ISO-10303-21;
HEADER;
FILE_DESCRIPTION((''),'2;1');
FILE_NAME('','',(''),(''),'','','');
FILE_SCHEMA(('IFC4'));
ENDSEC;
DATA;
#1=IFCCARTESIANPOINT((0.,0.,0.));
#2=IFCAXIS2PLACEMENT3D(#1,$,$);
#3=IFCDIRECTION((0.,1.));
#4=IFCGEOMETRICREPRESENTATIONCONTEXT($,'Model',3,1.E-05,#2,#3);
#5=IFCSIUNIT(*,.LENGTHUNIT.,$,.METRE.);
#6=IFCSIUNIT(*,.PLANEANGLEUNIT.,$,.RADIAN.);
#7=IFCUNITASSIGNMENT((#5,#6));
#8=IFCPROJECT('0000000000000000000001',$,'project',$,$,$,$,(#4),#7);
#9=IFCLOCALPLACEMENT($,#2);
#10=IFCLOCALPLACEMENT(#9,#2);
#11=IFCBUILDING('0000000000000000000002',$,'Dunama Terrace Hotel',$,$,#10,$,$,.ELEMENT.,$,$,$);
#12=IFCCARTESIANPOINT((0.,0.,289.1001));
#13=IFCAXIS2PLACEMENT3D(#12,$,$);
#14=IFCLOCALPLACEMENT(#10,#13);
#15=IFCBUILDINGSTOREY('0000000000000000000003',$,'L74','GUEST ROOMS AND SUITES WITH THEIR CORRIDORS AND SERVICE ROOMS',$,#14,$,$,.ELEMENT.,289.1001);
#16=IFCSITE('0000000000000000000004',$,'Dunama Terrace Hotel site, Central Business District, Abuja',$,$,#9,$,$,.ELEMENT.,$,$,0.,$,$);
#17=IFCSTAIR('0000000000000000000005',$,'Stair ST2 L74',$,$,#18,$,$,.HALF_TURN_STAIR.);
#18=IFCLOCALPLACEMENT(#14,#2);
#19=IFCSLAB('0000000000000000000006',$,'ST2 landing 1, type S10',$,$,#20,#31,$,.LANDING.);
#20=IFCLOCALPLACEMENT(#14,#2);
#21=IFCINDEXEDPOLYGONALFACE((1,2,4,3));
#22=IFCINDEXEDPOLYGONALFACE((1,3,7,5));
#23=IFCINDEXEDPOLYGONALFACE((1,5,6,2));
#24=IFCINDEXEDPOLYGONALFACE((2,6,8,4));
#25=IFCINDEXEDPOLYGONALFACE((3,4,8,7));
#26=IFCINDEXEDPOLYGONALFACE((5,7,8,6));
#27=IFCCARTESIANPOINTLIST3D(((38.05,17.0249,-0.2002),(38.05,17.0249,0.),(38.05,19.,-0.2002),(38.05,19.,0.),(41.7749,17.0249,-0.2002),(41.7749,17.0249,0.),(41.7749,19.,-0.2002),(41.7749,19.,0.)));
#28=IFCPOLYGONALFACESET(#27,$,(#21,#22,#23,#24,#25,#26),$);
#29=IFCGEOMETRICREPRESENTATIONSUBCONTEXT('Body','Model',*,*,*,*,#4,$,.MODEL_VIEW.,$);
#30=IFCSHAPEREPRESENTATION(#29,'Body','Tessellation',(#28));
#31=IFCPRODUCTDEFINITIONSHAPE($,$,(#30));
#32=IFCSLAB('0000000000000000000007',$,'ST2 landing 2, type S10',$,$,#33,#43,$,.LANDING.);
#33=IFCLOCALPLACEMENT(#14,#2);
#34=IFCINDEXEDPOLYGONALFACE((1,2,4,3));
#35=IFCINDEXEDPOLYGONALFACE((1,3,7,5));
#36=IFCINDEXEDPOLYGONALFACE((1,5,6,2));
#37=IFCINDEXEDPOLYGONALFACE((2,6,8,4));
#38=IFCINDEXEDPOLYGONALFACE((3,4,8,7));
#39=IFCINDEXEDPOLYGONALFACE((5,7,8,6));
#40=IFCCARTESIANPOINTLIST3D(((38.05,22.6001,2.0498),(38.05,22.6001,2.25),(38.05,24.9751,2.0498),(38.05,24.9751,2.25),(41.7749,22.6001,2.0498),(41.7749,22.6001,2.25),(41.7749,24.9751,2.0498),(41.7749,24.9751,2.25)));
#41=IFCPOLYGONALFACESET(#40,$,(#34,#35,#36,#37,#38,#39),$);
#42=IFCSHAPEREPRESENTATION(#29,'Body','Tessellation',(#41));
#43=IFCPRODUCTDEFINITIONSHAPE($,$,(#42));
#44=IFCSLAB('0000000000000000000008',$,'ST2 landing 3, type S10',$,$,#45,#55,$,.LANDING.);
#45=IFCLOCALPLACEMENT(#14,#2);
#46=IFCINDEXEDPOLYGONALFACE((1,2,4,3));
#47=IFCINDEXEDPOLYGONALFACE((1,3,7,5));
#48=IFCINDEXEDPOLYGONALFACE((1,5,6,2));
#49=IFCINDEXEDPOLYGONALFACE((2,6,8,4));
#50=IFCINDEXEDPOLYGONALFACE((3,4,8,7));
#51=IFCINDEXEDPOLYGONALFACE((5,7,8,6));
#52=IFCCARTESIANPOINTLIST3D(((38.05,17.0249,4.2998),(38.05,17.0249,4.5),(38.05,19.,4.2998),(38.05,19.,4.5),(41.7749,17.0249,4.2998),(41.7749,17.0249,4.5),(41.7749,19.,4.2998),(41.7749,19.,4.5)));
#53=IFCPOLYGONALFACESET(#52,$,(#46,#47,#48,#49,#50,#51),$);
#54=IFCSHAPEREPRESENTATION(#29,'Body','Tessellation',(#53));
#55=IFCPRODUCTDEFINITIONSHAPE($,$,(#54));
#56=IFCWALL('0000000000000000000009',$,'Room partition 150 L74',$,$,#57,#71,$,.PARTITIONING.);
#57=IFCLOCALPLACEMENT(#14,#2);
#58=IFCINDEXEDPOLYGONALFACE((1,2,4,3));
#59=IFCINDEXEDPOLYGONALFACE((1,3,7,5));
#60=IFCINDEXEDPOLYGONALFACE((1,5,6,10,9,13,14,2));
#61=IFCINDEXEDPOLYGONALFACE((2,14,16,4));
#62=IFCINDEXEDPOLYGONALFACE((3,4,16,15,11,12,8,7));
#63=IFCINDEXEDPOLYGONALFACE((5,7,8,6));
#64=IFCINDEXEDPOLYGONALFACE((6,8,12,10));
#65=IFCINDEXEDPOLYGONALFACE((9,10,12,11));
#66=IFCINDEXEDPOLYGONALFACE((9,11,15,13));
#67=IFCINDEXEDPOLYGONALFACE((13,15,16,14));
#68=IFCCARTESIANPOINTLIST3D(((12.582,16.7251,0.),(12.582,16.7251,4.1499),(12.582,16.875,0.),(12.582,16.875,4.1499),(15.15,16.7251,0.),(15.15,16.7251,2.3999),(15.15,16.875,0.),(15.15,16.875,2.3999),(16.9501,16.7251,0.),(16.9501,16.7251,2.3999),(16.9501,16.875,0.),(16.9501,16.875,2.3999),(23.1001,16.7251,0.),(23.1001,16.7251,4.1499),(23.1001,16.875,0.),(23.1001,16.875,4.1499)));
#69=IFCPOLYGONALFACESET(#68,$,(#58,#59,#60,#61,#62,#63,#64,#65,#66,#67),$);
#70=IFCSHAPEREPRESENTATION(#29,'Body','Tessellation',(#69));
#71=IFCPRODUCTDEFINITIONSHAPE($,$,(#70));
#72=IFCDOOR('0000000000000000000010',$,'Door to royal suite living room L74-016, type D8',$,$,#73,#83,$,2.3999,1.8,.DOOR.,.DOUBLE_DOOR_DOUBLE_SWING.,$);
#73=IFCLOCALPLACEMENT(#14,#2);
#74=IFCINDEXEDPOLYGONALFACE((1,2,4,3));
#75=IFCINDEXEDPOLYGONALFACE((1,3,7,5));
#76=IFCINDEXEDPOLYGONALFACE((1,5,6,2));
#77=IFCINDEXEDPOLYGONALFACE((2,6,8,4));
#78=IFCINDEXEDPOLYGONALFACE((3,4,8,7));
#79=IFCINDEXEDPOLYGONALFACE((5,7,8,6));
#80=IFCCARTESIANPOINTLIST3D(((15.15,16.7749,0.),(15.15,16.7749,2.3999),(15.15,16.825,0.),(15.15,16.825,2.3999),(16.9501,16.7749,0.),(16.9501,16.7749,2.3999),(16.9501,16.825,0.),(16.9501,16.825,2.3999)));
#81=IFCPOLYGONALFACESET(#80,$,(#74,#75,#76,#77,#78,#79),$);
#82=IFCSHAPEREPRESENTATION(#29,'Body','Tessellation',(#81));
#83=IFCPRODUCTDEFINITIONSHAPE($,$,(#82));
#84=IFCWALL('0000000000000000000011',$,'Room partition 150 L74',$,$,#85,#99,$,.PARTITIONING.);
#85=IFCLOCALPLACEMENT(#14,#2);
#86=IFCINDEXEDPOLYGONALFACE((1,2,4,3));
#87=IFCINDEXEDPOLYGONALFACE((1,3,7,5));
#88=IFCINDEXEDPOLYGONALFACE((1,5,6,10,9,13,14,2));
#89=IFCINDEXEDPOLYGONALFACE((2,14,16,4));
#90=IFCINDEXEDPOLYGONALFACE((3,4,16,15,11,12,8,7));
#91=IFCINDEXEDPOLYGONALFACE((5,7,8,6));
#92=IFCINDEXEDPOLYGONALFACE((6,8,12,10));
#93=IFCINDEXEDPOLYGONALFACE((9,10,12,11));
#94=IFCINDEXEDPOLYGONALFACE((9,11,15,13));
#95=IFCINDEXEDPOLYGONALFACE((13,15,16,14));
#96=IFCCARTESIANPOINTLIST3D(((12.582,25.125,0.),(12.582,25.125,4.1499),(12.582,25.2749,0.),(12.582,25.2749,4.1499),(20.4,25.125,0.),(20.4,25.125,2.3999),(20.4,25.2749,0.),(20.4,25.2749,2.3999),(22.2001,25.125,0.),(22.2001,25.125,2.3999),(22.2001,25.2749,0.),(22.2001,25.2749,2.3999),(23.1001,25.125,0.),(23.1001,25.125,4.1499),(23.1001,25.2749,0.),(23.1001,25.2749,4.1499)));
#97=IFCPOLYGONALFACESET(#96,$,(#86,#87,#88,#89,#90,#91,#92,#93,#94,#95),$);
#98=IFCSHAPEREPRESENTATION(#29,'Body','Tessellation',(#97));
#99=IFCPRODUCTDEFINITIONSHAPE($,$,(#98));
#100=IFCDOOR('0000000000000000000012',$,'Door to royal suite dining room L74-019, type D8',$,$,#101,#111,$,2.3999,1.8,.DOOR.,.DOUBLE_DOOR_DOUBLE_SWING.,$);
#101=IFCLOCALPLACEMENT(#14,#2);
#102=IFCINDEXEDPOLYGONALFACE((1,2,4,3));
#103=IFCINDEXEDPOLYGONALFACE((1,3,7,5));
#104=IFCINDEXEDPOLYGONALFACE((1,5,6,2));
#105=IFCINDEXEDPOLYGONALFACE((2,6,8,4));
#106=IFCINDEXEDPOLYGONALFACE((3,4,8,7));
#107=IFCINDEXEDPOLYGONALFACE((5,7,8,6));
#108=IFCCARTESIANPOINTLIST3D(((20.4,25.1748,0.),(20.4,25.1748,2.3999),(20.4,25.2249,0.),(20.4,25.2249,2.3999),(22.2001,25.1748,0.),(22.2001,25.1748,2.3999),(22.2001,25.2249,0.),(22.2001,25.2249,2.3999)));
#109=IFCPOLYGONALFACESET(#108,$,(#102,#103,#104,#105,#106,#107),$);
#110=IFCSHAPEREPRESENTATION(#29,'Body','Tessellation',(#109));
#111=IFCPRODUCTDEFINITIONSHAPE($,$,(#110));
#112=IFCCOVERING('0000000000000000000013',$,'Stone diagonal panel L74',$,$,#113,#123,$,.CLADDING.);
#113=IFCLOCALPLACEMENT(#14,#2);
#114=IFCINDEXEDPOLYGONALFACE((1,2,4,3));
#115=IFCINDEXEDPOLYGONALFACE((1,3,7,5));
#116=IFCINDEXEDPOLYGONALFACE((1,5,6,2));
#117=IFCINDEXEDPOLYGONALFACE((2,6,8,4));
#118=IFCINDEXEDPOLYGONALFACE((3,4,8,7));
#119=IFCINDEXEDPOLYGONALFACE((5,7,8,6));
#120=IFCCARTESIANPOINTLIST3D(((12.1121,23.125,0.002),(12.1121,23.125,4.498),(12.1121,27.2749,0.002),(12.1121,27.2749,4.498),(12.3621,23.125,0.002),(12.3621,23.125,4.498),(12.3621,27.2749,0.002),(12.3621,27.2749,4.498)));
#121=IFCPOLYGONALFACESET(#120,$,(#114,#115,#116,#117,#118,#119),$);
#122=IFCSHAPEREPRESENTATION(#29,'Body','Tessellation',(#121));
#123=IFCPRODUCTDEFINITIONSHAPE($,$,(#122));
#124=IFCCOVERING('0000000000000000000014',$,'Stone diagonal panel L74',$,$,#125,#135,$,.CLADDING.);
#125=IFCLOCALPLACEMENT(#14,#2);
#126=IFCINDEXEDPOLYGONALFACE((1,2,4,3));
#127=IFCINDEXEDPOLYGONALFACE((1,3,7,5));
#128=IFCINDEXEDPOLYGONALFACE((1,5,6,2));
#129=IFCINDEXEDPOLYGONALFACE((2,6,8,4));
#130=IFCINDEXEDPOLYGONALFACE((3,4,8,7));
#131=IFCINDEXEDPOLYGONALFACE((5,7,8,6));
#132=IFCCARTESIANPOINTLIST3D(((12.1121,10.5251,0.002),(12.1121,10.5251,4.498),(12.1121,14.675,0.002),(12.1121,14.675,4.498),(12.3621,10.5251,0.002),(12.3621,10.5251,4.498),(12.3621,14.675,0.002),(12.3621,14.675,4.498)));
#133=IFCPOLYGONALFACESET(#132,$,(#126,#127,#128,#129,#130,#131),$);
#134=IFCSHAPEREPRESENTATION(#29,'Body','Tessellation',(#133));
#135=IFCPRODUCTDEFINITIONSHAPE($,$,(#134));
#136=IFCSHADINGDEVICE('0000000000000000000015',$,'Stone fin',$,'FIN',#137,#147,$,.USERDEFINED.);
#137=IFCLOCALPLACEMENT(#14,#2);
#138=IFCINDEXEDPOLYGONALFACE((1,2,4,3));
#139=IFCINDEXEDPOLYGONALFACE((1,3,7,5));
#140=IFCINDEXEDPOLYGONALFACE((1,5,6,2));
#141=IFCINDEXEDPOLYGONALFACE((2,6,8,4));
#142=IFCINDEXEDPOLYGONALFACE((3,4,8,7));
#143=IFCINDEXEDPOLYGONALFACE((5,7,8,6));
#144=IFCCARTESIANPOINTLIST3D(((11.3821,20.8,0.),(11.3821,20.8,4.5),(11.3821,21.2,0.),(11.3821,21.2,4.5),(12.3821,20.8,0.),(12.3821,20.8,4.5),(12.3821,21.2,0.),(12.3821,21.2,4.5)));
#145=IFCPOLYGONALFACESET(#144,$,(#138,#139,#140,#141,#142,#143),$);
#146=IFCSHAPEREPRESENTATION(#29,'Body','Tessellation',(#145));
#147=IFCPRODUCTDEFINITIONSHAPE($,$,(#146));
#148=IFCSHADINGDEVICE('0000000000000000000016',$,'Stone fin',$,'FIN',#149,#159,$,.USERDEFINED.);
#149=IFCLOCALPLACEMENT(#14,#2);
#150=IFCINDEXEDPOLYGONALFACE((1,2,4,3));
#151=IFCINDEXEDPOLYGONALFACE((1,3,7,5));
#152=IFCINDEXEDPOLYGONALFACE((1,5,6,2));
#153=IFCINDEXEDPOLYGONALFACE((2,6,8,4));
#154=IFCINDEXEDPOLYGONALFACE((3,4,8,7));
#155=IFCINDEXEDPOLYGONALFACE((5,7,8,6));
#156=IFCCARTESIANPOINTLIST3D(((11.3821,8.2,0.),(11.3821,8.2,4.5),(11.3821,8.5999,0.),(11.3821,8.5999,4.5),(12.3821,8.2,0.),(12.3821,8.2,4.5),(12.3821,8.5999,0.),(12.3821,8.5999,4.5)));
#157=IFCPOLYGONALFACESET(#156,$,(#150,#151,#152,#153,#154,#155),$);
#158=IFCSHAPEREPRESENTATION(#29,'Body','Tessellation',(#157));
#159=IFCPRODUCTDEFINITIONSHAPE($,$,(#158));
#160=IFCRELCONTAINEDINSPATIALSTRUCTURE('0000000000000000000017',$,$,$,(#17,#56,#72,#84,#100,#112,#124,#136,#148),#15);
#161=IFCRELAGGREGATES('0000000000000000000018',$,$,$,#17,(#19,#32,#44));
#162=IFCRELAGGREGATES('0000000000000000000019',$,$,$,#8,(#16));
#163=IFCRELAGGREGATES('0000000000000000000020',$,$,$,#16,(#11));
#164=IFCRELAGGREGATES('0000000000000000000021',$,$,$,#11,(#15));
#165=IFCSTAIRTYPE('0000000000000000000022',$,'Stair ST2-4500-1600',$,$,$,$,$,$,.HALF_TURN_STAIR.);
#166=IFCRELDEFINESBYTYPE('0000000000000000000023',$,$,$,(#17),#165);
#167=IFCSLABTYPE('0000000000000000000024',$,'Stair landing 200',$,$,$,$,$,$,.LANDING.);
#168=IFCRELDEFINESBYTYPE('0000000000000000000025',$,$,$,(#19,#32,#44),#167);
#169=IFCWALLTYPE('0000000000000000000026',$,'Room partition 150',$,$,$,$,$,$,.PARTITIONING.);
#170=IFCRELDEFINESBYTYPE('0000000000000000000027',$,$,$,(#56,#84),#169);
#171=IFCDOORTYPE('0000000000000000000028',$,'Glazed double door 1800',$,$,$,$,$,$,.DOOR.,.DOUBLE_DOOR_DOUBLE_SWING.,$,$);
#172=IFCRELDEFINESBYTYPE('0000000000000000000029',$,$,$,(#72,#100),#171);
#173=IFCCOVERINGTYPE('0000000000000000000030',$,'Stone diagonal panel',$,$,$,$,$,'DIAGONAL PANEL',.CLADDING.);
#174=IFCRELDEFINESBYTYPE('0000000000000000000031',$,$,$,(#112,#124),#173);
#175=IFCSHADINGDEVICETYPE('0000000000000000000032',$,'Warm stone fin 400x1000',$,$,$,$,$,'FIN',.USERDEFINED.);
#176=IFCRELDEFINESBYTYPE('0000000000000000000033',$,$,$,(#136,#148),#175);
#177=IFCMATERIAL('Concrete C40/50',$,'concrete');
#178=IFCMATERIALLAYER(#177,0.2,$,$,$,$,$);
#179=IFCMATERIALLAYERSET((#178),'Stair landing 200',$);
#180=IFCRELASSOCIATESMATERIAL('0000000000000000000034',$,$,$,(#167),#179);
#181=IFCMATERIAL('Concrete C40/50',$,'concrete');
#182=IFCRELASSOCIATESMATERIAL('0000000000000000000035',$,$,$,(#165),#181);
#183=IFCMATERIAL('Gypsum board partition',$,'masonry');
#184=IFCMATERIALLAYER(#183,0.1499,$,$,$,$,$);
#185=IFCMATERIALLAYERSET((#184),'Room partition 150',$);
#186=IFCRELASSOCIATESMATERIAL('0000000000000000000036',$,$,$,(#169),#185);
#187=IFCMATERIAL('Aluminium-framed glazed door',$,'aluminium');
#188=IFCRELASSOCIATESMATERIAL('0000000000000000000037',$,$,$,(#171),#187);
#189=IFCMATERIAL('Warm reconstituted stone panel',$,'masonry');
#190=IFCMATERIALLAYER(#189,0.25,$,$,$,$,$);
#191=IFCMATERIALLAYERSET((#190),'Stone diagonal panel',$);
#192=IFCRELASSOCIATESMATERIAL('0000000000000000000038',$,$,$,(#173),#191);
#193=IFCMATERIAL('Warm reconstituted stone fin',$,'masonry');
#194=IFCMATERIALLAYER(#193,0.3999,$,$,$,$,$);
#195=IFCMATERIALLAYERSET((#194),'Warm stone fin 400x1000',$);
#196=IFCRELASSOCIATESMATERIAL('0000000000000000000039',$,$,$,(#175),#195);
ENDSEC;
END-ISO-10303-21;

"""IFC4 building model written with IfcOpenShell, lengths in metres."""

from ifc_helpers import new_model, si_unit, direction, frame, frame_2d, origin, origin_2d, place, context, subcontext, project, spatial, polyline, rectangle, outline, extrude, material, layer, layer_set, type_object, element, fill, aggregate, save


model = new_model("IFC4")

# Units and contexts
model_context = context("Model", 3, precision=1e-05, world=origin(), true_north=direction((0.0, 1.0)))
body_context = subcontext(model_context, "Body", "Model", "MODEL_VIEW")
ifc_project = project(units=[si_unit("LENGTHUNIT", "METRE"), si_unit("PLANEANGLEUNIT", "RADIAN")], contexts=[model_context])

# Site, building, storey
site_placement = place(None, origin())
site = spatial("IfcSite", under=ifc_project, at=site_placement, Name="Dunama Terrace Hotel site, Central Business District, Abuja", CompositionType="ELEMENT", RefElevation=0.0)
building_placement = place(site_placement, origin())
building = spatial("IfcBuilding", under=site, at=building_placement, Name="Dunama Terrace Hotel", CompositionType="ELEMENT")
storey_placement = place(building_placement, frame((0.0, 0.0, 289.1001)))
storey = spatial("IfcBuildingStorey", under=building, at=storey_placement, Name="L74", Description="GUEST ROOMS AND SUITES WITH THEIR CORRIDORS AND SERVICE ROOMS", CompositionType="ELEMENT", Elevation=289.1001)

# Stair, slabs
ifc_material_1 = material(Name="Concrete C40/50", Category="concrete")
ifc_layer_1 = layer(ifc_material_1, 0.2)
ifc_layer_set_1 = layer_set([ifc_layer_1], Name="Stair landing 200")
slab_type_1 = type_object("IfcSlabType", Name="Stair landing 200", PredefinedType="LANDING", material=ifc_layer_set_1)
ifc_material_2 = material(Name="Concrete C40/50", Category="concrete")
stair_type_1 = type_object("IfcStairType", Name="Stair ST2-4500-1600", PredefinedType="HALF_TURN_STAIR", material=ifc_material_2)
stair_1_placement = place(storey_placement, origin())
stair_1 = element("IfcStair", 1, at=stair_1_placement, inside=storey, type_object=stair_type_1, Name="Stair ST2 L74", PredefinedType="HALF_TURN_STAIR")
slab_1_placement = place(storey_placement, frame((0.0, 0.0, -0.2002)))
slab_1 = element("IfcSlab", 2, at=slab_1_placement, type_object=slab_type_1, Name="ST2 landing 1, type S10", PredefinedType="LANDING", context=body_context, shape_type="SweptSolid", body=[
    extrude(outline(polyline([(38.05, 17.0249), (41.7749, 17.0249), (41.7749, 19.0), (38.05, 19.0), (38.05, 17.0249)])), origin(), (0.0, 0.0, 1.0), 0.2002),
])
slab_2_placement = place(storey_placement, frame((0.0, 0.0, 2.0498)))
slab_2 = element("IfcSlab", 3, at=slab_2_placement, type_object=slab_type_1, Name="ST2 landing 2, type S10", PredefinedType="LANDING", context=body_context, shape_type="SweptSolid", body=[
    extrude(outline(polyline([(38.05, 22.6001), (41.7749, 22.6001), (41.7749, 24.9751), (38.05, 24.9751), (38.05, 22.6001)])), origin(), (0.0, 0.0, 1.0), 0.2002),
])
slab_3_placement = place(storey_placement, frame((0.0, 0.0, 4.2998)))
slab_3 = element("IfcSlab", 4, at=slab_3_placement, type_object=slab_type_1, Name="ST2 landing 3, type S10", PredefinedType="LANDING", context=body_context, shape_type="SweptSolid", body=[
    extrude(outline(polyline([(38.05, 17.0249), (41.7749, 17.0249), (41.7749, 19.0), (38.05, 19.0), (38.05, 17.0249)])), origin(), (0.0, 0.0, 1.0), 0.2002),
])
aggregate(stair_1, [slab_1, slab_2, slab_3])

# Walls, openings, doors
ifc_material_3 = material(Name="Gypsum board partition", Category="masonry")
ifc_layer_2 = layer(ifc_material_3, 0.1499)
ifc_layer_set_2 = layer_set([ifc_layer_2], Name="Room partition 150")
wall_type = type_object("IfcWallType", Name="Room partition 150", PredefinedType="PARTITIONING", material=ifc_layer_set_2)
wall_1_placement = place(storey_placement, frame((12.582, 16.8, 0.0), z_axis=(0.0, 0.0, 1.0), x_axis=(1.0, 0.0, 0.0)))
wall_1 = element("IfcWall", 5, at=wall_1_placement, inside=storey, type_object=wall_type, Name="Room partition 150 L74", PredefinedType="PARTITIONING", context=body_context, shape_type="SweptSolid", body=[
    extrude(rectangle(XDim=10.5181, YDim=0.1499, at=frame_2d((5.259, 0.0))), origin(), (0.0, 0.0, 1.0), 4.1499),
])
opening_1_placement = place(wall_1_placement, frame((2.5681, 0.0, 0.0)))
opening_1 = element("IfcOpeningElement", 6, at=opening_1_placement, cuts=wall_1, PredefinedType="OPENING", context=body_context, shape_type="SweptSolid", body=[
    extrude(rectangle(XDim=1.8, YDim=2.3999, at=frame_2d((0.8999, 1.2))), frame((0.0, 0.085, 0.0), z_axis=(0.0, -1.0, 0.0), x_axis=(1.0, 0.0, 0.0)), (0.0, 0.0, 1.0), 0.1699),
])
ifc_material_4 = material(Name="Aluminium-framed glazed door", Category="aluminium")
door_type = type_object("IfcDoorType", Name="Glazed double door 1800", OperationType="DOUBLE_DOOR_DOUBLE_SWING", PredefinedType="DOOR", material=ifc_material_4)
door_1_placement = place(opening_1_placement, origin())
door_1 = element("IfcDoor", 7, at=door_1_placement, inside=storey, type_object=door_type, Name="Door to royal suite living room L74-016, type D8", OperationType="DOUBLE_DOOR_DOUBLE_SWING", OverallHeight=2.3999, OverallWidth=1.8, PredefinedType="DOOR", context=body_context, shape_type="SweptSolid", body=[
    extrude(rectangle(XDim=1.8, YDim=2.3999, at=frame_2d((0.8999, 1.2))), frame((0.0, 0.0249, 0.0), z_axis=(0.0, -1.0, 0.0), x_axis=(1.0, 0.0, 0.0)), (0.0, 0.0, 1.0), 0.05),
])
fill(opening_1, door_1)
wall_2_placement = place(storey_placement, frame((12.582, 25.2, 0.0), z_axis=(0.0, 0.0, 1.0), x_axis=(1.0, 0.0, 0.0)))
wall_2 = element("IfcWall", 8, at=wall_2_placement, inside=storey, type_object=wall_type, Name="Room partition 150 L74", PredefinedType="PARTITIONING", context=body_context, shape_type="SweptSolid", body=[
    extrude(rectangle(XDim=10.5181, YDim=0.1499, at=frame_2d((5.259, 0.0))), origin(), (0.0, 0.0, 1.0), 4.1499),
])
opening_2_placement = place(wall_2_placement, frame((7.8181, 0.0, 0.0)))
opening_2 = element("IfcOpeningElement", 9, at=opening_2_placement, cuts=wall_2, PredefinedType="OPENING", context=body_context, shape_type="SweptSolid", body=[
    extrude(rectangle(XDim=1.8, YDim=2.3999, at=frame_2d((0.8999, 1.2))), frame((0.0, 0.085, 0.0), z_axis=(0.0, -1.0, 0.0), x_axis=(1.0, 0.0, 0.0)), (0.0, 0.0, 1.0), 0.1699),
])
door_2_placement = place(opening_2_placement, origin())
door_2 = element("IfcDoor", 10, at=door_2_placement, inside=storey, type_object=door_type, Name="Door to royal suite dining room L74-019, type D8", OperationType="DOUBLE_DOOR_DOUBLE_SWING", OverallHeight=2.3999, OverallWidth=1.8, PredefinedType="DOOR", context=body_context, shape_type="SweptSolid", body=[
    extrude(rectangle(XDim=1.8, YDim=2.3999, at=frame_2d((0.8999, 1.2))), frame((0.0, 0.0249, 0.0), z_axis=(0.0, -1.0, 0.0), x_axis=(1.0, 0.0, 0.0)), (0.0, 0.0, 1.0), 0.05),
])
fill(opening_2, door_2)

# Coverings
ifc_material_5 = material(Name="Warm reconstituted stone panel", Category="masonry")
ifc_layer_3 = layer(ifc_material_5, 0.25)
ifc_layer_set_3 = layer_set([ifc_layer_3], Name="Stone diagonal panel")
covering_type = type_object("IfcCoveringType", Name="Stone diagonal panel", ElementType="DIAGONAL PANEL", PredefinedType="CLADDING", material=ifc_layer_set_3)
for number, where, z_axis, x_axis, name in (
    (11, (12.2371, 25.2, 0.002), (0.0, 0.0, 1.0), (0.0, -1.0, 0.0), "Stone diagonal panel L74"),
    (12, (12.2371, 12.6001, 0.002), (0.0, 0.0, 1.0), (0.0, -1.0, 0.0), "Stone diagonal panel L74"),
):
    element("IfcCovering", number, at=place(storey_placement, frame(where, z_axis=z_axis, x_axis=x_axis)), inside=storey, type_object=covering_type, Name=name, PredefinedType="CLADDING", context=body_context, shape_type="SweptSolid", body=[
        extrude(rectangle(XDim=4.1499, YDim=0.25, at=origin_2d()), origin(), (0.0, 0.0, 1.0), 4.4961),
    ])

# Shading devices
ifc_material_6 = material(Name="Warm reconstituted stone fin", Category="masonry")
ifc_layer_4 = layer(ifc_material_6, 0.3999)
ifc_layer_set_4 = layer_set([ifc_layer_4], Name="Warm stone fin 400x1000")
shading_device_type = type_object("IfcShadingDeviceType", Name="Warm stone fin 400x1000", ElementType="FIN", PredefinedType="USERDEFINED", material=ifc_layer_set_4)
for number, where, z_axis, x_axis, name in (
    (13, (11.8821, 21.0, 0.0), (0.0, 0.0, 1.0), (0.0, -1.0, 0.0), "Stone fin"),
    (14, (11.8821, 8.3999, 0.0), (0.0, 0.0, 1.0), (0.0, -1.0, 0.0), "Stone fin"),
):
    element("IfcShadingDevice", number, at=place(storey_placement, frame(where, z_axis=z_axis, x_axis=x_axis)), inside=storey, type_object=shading_device_type, Name=name, ObjectType="FIN", PredefinedType="USERDEFINED", context=body_context, shape_type="SweptSolid", body=[
        extrude(rectangle(XDim=0.3999, YDim=1.0, at=origin_2d()), origin(), (0.0, 0.0, 1.0), 4.5),
    ])

save(model, "model.ifc")
